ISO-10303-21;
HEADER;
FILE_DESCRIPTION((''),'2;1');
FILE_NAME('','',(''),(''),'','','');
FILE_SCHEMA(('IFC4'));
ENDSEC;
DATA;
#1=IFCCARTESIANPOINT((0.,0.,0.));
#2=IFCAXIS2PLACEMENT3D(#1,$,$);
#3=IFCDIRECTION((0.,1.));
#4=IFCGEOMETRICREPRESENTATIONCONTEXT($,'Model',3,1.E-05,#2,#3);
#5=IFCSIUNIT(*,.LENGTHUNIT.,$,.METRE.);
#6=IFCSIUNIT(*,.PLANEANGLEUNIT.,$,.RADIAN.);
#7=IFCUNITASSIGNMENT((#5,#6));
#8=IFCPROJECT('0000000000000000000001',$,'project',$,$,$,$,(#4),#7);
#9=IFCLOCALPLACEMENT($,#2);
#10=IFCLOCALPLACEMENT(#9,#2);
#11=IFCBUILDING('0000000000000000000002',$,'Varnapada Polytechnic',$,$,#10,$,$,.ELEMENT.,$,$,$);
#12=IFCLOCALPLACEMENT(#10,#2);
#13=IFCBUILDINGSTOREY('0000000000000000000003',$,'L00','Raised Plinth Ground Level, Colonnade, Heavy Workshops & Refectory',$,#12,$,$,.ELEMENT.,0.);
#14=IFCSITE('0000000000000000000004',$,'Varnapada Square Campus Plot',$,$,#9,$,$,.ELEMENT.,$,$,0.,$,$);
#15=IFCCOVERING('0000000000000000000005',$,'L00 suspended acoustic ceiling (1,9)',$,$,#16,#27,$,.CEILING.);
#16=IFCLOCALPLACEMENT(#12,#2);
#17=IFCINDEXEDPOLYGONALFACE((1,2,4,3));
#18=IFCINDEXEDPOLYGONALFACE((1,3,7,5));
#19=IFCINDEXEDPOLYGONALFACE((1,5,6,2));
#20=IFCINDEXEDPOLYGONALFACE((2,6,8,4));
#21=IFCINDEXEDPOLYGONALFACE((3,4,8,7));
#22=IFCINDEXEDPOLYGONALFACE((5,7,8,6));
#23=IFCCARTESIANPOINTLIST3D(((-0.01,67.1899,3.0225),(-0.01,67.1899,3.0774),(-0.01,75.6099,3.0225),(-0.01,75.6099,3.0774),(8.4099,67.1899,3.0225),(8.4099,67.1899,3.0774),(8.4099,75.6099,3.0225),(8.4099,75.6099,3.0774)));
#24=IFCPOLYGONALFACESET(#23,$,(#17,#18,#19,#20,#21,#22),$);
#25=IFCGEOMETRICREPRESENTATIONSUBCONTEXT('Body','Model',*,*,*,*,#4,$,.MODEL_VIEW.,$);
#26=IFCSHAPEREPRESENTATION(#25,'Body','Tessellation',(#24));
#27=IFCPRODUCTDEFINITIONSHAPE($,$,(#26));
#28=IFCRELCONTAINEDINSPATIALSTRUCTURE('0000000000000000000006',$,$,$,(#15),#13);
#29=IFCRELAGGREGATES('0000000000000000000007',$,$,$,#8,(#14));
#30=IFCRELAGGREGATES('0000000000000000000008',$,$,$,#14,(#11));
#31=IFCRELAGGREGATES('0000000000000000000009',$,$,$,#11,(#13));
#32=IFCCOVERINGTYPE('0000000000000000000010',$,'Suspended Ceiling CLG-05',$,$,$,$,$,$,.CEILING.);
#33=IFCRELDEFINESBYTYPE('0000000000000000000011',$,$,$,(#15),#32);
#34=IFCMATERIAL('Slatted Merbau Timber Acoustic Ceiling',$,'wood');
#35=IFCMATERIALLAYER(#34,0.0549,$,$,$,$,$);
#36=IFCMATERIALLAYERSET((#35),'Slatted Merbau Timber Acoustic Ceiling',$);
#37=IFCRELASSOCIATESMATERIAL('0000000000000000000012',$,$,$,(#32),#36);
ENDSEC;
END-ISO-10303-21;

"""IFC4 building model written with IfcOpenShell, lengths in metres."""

from ifc_helpers import new_model, si_unit, direction, frame, origin, origin_2d, place, context, subcontext, project, spatial, rectangle, extrude, material, layer, layer_set, type_object, element, save


model = new_model("IFC4")

# Units and contexts
model_context = context("Model", 3, precision=1e-05, world=origin(), true_north=direction((0.0, 1.0)))
body_context = subcontext(model_context, "Body", "Model", "MODEL_VIEW")
ifc_project = project(units=[si_unit("LENGTHUNIT", "METRE"), si_unit("PLANEANGLEUNIT", "RADIAN")], contexts=[model_context])

# Site, building, storey
site_placement = place(None, origin())
site = spatial("IfcSite", under=ifc_project, at=site_placement, Name="Varnapada Square Campus Plot", CompositionType="ELEMENT", RefElevation=0.0)
building_placement = place(site_placement, origin())
building = spatial("IfcBuilding", under=site, at=building_placement, Name="Varnapada Polytechnic", CompositionType="ELEMENT")
storey_placement = place(building_placement, origin())
storey = spatial("IfcBuildingStorey", under=building, at=storey_placement, Name="L00", Description="Raised Plinth Ground Level, Colonnade, Heavy Workshops & Refectory", CompositionType="ELEMENT", Elevation=0.0)

# Covering
ifc_material_1 = material(Name="Slatted Merbau Timber Acoustic Ceiling", Category="wood")
ifc_layer_1 = layer(ifc_material_1, 0.0549)
ifc_layer_set_1 = layer_set([ifc_layer_1], Name="Slatted Merbau Timber Acoustic Ceiling")
covering_type = type_object("IfcCoveringType", Name="Suspended Ceiling CLG-05", PredefinedType="CEILING", material=ifc_layer_set_1)
covering_placement = place(storey_placement, frame((4.2, 71.3999, 3.0225), z_axis=(0.0, 0.0, 1.0), x_axis=(1.0, 0.0, 0.0)))
element("IfcCovering", 1, at=covering_placement, inside=storey, type_object=covering_type, Name="L00 suspended acoustic ceiling (1,9)", PredefinedType="CEILING", context=body_context, shape_type="SweptSolid", body=[
    extrude(rectangle(XDim=8.4199, YDim=8.4199, at=origin_2d()), origin(), (0.0, 0.0, 1.0), 0.0549),
])

save(model, "model.ifc")
